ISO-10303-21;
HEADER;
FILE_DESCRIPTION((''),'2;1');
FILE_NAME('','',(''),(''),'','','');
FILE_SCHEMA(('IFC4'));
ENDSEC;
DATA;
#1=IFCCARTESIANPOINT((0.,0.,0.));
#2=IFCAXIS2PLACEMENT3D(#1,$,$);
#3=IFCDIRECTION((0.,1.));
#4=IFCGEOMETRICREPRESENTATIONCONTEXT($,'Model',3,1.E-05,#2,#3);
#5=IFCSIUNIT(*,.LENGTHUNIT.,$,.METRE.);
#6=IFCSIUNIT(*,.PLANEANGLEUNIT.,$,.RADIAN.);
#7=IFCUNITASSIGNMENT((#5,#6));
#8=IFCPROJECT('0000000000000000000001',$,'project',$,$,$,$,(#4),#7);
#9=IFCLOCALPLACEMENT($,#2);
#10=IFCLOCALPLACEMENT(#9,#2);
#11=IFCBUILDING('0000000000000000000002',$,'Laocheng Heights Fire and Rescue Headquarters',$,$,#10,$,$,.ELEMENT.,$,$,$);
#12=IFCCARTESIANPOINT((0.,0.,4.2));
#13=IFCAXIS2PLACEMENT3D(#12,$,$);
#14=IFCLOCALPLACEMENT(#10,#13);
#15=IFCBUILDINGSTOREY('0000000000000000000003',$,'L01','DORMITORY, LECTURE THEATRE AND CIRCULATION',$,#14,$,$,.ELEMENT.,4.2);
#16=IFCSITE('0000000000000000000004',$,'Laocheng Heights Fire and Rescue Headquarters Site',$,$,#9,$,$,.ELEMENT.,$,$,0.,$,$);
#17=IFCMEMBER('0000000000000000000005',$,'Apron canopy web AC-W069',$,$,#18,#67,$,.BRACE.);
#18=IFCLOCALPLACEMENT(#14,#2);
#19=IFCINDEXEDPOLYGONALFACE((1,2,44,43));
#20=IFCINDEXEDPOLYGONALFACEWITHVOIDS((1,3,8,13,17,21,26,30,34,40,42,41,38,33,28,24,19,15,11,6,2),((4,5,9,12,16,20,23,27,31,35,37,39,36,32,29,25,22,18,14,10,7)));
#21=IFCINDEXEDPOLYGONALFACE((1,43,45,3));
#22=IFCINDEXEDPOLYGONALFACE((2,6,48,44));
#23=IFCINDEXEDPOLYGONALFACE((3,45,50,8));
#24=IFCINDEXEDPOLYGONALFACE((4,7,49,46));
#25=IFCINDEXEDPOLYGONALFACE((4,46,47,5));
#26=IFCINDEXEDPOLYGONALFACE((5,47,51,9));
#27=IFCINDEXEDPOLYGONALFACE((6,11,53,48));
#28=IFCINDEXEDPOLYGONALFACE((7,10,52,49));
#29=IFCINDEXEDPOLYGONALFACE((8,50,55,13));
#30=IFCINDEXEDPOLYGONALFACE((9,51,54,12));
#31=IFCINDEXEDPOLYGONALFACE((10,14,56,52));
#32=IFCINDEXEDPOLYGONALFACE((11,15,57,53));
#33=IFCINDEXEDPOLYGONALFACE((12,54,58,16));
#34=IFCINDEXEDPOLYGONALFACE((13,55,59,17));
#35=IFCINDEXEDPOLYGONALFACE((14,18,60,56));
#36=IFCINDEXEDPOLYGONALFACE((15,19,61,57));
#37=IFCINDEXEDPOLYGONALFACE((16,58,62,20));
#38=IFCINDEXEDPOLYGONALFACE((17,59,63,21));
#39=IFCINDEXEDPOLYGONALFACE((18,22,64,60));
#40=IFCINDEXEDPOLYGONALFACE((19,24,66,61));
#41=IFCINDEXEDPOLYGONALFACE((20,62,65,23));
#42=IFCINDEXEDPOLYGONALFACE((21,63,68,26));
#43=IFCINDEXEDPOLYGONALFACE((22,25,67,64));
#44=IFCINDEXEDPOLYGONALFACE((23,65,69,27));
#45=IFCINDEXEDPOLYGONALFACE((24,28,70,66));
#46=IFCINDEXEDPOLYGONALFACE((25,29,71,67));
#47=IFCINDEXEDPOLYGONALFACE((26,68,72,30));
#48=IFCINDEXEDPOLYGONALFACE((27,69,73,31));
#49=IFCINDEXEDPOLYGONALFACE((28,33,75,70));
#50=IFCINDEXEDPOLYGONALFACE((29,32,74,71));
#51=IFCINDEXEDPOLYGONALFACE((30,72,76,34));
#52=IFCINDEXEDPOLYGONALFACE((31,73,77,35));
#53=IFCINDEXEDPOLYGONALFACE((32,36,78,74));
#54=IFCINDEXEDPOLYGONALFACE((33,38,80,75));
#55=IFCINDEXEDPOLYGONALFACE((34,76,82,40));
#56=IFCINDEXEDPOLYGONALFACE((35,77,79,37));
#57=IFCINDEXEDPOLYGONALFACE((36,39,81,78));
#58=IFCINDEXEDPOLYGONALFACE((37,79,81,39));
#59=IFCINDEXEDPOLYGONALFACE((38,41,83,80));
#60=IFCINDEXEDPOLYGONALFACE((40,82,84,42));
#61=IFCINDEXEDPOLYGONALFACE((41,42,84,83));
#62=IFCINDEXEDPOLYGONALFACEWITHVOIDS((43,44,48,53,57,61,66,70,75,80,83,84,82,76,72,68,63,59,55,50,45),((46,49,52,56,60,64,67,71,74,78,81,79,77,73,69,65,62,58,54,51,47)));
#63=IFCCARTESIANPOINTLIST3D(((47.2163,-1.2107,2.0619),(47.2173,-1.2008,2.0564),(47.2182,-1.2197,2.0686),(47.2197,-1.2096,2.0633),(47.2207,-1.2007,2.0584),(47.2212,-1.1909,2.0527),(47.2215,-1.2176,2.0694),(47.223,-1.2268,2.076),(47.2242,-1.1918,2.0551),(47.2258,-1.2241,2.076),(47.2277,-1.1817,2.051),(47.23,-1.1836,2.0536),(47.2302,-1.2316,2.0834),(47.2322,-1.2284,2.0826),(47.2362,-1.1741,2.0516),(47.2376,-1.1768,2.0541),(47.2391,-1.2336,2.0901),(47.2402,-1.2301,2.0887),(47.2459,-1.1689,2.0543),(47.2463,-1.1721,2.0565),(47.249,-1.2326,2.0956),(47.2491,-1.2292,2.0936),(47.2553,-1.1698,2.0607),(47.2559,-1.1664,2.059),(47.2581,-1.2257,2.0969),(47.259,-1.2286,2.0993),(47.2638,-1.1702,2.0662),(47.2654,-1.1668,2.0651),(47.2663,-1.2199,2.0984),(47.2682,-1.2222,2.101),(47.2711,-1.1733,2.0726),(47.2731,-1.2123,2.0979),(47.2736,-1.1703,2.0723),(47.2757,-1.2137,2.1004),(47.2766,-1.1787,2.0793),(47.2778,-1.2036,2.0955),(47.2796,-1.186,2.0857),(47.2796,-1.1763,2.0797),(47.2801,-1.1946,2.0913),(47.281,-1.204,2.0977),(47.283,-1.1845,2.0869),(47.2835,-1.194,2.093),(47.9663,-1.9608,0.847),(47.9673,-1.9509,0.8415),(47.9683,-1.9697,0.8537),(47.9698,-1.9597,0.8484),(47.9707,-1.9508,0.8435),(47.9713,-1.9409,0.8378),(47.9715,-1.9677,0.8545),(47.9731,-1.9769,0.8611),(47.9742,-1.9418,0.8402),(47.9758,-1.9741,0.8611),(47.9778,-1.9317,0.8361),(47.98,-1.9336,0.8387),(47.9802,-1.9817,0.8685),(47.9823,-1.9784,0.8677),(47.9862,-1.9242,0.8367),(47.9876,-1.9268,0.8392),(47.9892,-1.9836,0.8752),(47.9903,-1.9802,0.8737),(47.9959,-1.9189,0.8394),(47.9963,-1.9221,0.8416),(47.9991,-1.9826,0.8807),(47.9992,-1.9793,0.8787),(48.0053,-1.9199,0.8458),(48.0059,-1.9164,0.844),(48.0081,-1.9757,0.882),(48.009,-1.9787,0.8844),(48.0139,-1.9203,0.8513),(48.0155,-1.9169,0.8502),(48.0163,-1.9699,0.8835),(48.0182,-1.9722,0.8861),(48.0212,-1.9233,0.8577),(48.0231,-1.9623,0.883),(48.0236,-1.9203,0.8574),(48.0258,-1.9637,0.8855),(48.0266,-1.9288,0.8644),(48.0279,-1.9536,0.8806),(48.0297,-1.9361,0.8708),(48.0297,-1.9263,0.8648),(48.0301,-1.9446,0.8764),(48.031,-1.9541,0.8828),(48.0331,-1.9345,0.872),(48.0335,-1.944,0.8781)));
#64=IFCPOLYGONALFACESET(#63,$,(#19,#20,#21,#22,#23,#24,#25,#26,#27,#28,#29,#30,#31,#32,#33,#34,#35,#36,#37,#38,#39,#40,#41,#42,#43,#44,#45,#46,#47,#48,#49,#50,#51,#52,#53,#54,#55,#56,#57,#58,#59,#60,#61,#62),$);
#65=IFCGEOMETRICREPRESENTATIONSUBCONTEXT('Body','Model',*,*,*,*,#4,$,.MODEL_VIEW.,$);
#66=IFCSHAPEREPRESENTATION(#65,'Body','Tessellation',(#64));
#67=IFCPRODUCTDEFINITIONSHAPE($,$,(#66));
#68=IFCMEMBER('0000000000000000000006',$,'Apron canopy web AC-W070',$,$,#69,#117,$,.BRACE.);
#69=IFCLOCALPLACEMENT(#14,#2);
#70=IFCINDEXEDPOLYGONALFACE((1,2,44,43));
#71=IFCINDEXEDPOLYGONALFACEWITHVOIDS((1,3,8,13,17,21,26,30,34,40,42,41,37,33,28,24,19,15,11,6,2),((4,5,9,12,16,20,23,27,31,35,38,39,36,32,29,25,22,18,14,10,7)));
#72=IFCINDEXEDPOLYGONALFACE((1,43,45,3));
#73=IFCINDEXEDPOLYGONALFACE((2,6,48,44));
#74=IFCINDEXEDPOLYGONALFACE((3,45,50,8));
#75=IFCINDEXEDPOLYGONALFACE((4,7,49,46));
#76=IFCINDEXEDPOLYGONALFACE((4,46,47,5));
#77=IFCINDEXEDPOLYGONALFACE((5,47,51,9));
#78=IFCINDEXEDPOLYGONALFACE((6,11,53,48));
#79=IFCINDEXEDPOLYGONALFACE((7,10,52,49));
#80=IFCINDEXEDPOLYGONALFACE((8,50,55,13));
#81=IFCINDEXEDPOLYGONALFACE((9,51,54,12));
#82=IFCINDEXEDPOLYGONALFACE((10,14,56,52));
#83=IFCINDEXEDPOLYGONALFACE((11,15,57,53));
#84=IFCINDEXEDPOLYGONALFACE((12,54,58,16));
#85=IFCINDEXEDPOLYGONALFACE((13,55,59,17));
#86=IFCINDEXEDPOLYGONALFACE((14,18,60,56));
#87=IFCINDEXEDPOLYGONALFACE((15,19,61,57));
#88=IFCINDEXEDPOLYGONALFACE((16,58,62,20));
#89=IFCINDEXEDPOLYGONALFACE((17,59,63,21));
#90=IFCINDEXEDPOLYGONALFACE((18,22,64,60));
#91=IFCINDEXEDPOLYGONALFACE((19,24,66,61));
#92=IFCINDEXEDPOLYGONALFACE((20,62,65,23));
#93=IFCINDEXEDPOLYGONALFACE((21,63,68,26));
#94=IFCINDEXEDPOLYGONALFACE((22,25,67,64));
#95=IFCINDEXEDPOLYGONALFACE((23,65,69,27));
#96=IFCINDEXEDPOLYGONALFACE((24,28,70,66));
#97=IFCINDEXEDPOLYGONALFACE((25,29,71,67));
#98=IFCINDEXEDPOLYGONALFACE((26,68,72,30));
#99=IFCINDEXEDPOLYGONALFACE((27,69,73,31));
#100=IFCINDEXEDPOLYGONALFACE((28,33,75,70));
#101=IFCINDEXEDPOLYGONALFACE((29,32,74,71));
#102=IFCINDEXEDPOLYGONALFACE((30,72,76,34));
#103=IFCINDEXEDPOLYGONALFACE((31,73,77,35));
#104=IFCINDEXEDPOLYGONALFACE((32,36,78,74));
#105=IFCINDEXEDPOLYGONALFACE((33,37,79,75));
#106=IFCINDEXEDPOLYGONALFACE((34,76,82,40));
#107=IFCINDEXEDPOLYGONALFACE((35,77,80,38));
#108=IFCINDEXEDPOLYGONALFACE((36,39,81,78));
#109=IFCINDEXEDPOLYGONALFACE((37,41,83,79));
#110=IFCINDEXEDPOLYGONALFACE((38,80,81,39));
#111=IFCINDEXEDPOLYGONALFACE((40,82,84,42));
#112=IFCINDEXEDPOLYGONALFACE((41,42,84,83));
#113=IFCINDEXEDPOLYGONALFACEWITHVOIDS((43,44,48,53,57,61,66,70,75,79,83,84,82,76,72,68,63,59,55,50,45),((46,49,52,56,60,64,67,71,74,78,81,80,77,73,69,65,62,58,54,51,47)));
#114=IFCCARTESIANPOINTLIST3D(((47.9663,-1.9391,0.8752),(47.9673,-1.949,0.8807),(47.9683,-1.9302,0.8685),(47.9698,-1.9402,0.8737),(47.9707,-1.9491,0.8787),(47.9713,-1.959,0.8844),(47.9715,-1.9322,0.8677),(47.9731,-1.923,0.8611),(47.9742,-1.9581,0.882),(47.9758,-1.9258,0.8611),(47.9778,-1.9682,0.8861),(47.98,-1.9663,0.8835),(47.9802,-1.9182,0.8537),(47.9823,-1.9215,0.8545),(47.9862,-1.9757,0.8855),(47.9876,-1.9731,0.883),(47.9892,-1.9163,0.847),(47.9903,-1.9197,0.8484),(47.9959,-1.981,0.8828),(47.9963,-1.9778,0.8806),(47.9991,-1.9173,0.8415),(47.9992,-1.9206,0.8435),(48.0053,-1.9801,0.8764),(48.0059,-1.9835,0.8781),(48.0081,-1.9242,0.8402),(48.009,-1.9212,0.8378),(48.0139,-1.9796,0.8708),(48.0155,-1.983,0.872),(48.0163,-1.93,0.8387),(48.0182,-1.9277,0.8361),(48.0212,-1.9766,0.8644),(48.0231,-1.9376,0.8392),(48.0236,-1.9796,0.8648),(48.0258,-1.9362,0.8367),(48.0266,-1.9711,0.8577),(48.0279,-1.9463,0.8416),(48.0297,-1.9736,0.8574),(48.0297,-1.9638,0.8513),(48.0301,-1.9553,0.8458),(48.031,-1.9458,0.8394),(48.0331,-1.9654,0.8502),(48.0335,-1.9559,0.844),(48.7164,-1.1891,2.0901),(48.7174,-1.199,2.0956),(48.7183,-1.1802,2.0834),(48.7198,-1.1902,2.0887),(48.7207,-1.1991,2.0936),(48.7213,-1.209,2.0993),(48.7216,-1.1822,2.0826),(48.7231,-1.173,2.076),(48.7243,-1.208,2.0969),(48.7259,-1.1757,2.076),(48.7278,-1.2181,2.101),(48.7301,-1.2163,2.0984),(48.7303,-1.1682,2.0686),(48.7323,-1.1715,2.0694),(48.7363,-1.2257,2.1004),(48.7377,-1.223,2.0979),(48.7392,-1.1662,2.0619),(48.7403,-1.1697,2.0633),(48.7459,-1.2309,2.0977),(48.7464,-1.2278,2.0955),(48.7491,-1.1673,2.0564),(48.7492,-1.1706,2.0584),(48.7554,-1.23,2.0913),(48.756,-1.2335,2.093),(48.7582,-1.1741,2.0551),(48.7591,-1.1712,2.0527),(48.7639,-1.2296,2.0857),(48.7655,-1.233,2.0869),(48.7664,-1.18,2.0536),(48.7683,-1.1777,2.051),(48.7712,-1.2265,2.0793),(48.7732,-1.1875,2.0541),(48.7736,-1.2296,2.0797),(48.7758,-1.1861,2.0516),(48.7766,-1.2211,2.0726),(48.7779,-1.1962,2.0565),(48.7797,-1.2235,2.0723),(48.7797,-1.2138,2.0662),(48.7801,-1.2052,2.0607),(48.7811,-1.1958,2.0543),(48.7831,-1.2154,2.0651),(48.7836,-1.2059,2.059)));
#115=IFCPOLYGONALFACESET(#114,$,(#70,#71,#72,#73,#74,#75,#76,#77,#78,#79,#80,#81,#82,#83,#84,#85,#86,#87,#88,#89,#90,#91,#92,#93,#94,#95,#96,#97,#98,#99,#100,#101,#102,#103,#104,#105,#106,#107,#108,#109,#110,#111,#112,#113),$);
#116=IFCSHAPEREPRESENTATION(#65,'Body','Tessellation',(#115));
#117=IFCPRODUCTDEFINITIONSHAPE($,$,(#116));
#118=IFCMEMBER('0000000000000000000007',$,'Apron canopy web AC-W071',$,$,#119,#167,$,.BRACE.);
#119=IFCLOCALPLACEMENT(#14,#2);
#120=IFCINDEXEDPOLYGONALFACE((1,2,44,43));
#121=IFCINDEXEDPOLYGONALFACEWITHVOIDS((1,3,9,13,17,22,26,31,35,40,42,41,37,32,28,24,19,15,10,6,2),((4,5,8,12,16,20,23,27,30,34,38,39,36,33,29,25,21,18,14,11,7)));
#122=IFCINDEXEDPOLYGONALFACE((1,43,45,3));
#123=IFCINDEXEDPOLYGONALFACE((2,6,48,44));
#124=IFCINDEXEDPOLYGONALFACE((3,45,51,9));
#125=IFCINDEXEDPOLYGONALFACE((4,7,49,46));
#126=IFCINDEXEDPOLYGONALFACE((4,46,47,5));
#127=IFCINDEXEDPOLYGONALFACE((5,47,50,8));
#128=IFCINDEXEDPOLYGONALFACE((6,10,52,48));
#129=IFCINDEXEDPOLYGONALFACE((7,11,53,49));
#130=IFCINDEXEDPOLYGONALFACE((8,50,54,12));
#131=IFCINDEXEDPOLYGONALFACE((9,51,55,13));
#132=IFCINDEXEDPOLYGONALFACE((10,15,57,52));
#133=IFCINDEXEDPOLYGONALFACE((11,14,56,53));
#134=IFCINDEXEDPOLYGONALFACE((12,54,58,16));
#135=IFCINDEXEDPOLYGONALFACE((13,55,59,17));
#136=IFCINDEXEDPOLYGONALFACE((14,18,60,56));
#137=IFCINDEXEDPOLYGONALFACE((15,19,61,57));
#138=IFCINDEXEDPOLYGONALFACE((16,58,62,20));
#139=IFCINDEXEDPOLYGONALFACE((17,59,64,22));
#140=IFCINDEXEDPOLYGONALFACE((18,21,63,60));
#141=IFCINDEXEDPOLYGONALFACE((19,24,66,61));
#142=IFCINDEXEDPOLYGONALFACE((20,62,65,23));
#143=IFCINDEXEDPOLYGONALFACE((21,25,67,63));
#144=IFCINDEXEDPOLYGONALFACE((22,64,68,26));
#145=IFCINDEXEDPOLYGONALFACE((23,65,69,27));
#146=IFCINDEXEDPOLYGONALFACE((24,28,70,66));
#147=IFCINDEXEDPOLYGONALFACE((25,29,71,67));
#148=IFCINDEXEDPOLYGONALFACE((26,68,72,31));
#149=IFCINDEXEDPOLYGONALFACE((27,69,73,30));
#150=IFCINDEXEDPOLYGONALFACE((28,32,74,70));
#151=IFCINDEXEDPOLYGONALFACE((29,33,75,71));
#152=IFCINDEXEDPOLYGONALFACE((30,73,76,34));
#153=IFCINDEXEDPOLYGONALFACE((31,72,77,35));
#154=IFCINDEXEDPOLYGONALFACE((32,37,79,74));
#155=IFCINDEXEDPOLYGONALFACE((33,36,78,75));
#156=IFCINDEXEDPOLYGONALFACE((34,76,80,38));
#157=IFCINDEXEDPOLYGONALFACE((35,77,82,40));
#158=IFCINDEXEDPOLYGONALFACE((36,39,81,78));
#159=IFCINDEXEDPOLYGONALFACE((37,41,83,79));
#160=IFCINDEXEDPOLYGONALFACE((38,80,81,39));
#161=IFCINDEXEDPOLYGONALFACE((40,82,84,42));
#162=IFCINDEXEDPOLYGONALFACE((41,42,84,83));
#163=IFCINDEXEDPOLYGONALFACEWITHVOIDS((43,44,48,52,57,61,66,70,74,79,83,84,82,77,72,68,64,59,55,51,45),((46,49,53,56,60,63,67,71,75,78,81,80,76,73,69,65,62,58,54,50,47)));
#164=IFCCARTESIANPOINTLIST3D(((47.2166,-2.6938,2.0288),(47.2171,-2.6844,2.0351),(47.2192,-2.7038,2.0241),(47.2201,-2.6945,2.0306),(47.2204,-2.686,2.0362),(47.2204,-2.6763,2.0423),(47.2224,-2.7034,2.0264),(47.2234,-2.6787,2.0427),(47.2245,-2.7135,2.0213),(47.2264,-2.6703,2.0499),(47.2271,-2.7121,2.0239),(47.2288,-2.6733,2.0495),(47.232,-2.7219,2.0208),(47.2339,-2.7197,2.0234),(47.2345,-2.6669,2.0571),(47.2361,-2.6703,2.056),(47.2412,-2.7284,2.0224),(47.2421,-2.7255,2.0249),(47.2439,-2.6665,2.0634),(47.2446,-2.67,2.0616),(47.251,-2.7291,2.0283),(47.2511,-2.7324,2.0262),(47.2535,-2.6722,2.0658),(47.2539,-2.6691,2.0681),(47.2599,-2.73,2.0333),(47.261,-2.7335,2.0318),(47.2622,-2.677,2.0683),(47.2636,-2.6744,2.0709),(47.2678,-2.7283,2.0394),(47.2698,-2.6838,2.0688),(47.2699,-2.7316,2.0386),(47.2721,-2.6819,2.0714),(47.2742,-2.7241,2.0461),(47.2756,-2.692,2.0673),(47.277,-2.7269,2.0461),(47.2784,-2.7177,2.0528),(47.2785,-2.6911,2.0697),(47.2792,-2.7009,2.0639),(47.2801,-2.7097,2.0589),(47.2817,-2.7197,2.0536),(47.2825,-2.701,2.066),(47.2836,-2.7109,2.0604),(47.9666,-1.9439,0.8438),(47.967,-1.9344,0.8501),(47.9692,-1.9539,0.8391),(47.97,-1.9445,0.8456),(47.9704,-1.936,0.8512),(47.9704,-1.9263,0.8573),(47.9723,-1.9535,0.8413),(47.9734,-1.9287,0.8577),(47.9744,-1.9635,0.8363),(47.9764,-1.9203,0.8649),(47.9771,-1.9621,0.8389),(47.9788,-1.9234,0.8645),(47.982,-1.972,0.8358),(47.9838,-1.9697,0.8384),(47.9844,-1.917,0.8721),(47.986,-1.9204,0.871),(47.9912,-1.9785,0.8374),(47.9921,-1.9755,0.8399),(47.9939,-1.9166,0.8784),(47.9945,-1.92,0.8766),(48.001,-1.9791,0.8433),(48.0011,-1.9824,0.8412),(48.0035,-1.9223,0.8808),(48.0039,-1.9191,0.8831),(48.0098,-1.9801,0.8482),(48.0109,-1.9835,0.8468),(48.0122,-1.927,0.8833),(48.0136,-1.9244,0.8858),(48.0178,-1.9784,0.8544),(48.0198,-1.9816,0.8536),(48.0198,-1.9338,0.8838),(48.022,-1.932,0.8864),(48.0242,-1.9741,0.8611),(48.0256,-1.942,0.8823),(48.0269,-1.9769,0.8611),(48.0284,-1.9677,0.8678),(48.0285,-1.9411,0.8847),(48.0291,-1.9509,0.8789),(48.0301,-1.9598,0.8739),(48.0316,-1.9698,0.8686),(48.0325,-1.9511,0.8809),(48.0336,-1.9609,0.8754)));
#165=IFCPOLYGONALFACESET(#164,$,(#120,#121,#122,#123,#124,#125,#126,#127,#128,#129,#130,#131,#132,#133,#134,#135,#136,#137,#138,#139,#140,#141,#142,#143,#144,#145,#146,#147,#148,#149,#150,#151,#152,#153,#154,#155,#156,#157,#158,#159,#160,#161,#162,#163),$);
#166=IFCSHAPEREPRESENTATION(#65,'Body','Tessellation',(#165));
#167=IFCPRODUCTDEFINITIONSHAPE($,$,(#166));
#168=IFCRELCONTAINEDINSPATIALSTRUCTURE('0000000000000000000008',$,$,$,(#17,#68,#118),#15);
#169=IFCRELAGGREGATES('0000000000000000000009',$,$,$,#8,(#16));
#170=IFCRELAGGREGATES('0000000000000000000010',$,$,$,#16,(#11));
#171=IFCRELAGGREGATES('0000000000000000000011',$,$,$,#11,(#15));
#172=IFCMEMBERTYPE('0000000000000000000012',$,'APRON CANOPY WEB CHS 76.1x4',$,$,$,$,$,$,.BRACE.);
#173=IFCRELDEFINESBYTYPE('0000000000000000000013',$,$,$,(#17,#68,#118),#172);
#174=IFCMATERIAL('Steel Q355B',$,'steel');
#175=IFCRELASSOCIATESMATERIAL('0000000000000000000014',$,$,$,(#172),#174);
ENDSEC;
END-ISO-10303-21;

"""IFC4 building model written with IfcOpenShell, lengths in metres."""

from ifc_helpers import new_model, si_unit, direction, frame, origin, origin_2d, place, context, subcontext, project, spatial, hollow_circle, extrude, material, material_profile, profile_set, type_object, element, save


model = new_model("IFC4")

# Units and contexts
model_context = context("Model", 3, precision=1e-05, world=origin(), true_north=direction((0.0, 1.0)))
body_context = subcontext(model_context, "Body", "Model", "MODEL_VIEW")
ifc_project = project(units=[si_unit("LENGTHUNIT", "METRE"), si_unit("PLANEANGLEUNIT", "RADIAN")], contexts=[model_context])

# Site, building, storey
site_placement = place(None, origin())
site = spatial("IfcSite", under=ifc_project, at=site_placement, Name="Laocheng Heights Fire and Rescue Headquarters Site", CompositionType="ELEMENT", RefElevation=0.0)
building_placement = place(site_placement, origin())
building = spatial("IfcBuilding", under=site, at=building_placement, Name="Laocheng Heights Fire and Rescue Headquarters", CompositionType="ELEMENT")
storey_placement = place(building_placement, frame((0.0, 0.0, 4.2)))
storey = spatial("IfcBuildingStorey", under=building, at=storey_placement, Name="L01", Description="DORMITORY, LECTURE THEATRE AND CIRCULATION", CompositionType="ELEMENT", Elevation=4.2)

# Members
ifc_material_1 = material(Name="Steel Q355B", Category="steel")
ifc_material_profile_1 = material_profile(ifc_material_1, hollow_circle(Radius=0.0381, WallThickness=0.0039, at=origin_2d()), Name="CHS 76.1x4")
ifc_profile_set_1 = profile_set([ifc_material_profile_1], Name="Steel Q355B")
member_type_1 = type_object("IfcMemberType", Name="APRON CANOPY WEB CHS 76.1x4", PredefinedType="BRACE", material=ifc_profile_set_1)
for number, where, z_axis, x_axis, name in (
    (1, (48.0, -1.95, 0.8611), (-0.465055, 0.465055, 0.753292), (-0.707107, -0.707107, 0.0), "Apron canopy web AC-W069"),
    (2, (48.0, -1.95, 0.8611), (0.465055, 0.465055, 0.753292), (-0.707107, 0.707107, 0.0), "Apron canopy web AC-W070"),
):
    element("IfcMember", number, at=place(storey_placement, frame(where, z_axis=z_axis, x_axis=x_axis)), inside=storey, type_object=member_type_1, Name=name, PredefinedType="BRACE", context=body_context, shape_type="SweptSolid", body=[
        extrude(hollow_circle(Radius=0.0381, WallThickness=0.0039, at=origin_2d()), origin(), (0.0, 0.0, 1.0), 1.6128),
    ])
for number, where, z_axis, x_axis, name in (
    (3, (48.0, -1.95, 0.8611), (-0.47158, -0.47158, 0.745134), (0.707107, -0.707107, 0.0), "Apron canopy web AC-W071"),
):
    element("IfcMember", number, at=place(storey_placement, frame(where, z_axis=z_axis, x_axis=x_axis)), inside=storey, type_object=member_type_1, Name=name, PredefinedType="BRACE", context=body_context, shape_type="SweptSolid", body=[
        extrude(hollow_circle(Radius=0.0381, WallThickness=0.0039, at=origin_2d()), origin(), (0.0, 0.0, 1.0), 1.5903),
    ])

save(model, "model.ifc")
